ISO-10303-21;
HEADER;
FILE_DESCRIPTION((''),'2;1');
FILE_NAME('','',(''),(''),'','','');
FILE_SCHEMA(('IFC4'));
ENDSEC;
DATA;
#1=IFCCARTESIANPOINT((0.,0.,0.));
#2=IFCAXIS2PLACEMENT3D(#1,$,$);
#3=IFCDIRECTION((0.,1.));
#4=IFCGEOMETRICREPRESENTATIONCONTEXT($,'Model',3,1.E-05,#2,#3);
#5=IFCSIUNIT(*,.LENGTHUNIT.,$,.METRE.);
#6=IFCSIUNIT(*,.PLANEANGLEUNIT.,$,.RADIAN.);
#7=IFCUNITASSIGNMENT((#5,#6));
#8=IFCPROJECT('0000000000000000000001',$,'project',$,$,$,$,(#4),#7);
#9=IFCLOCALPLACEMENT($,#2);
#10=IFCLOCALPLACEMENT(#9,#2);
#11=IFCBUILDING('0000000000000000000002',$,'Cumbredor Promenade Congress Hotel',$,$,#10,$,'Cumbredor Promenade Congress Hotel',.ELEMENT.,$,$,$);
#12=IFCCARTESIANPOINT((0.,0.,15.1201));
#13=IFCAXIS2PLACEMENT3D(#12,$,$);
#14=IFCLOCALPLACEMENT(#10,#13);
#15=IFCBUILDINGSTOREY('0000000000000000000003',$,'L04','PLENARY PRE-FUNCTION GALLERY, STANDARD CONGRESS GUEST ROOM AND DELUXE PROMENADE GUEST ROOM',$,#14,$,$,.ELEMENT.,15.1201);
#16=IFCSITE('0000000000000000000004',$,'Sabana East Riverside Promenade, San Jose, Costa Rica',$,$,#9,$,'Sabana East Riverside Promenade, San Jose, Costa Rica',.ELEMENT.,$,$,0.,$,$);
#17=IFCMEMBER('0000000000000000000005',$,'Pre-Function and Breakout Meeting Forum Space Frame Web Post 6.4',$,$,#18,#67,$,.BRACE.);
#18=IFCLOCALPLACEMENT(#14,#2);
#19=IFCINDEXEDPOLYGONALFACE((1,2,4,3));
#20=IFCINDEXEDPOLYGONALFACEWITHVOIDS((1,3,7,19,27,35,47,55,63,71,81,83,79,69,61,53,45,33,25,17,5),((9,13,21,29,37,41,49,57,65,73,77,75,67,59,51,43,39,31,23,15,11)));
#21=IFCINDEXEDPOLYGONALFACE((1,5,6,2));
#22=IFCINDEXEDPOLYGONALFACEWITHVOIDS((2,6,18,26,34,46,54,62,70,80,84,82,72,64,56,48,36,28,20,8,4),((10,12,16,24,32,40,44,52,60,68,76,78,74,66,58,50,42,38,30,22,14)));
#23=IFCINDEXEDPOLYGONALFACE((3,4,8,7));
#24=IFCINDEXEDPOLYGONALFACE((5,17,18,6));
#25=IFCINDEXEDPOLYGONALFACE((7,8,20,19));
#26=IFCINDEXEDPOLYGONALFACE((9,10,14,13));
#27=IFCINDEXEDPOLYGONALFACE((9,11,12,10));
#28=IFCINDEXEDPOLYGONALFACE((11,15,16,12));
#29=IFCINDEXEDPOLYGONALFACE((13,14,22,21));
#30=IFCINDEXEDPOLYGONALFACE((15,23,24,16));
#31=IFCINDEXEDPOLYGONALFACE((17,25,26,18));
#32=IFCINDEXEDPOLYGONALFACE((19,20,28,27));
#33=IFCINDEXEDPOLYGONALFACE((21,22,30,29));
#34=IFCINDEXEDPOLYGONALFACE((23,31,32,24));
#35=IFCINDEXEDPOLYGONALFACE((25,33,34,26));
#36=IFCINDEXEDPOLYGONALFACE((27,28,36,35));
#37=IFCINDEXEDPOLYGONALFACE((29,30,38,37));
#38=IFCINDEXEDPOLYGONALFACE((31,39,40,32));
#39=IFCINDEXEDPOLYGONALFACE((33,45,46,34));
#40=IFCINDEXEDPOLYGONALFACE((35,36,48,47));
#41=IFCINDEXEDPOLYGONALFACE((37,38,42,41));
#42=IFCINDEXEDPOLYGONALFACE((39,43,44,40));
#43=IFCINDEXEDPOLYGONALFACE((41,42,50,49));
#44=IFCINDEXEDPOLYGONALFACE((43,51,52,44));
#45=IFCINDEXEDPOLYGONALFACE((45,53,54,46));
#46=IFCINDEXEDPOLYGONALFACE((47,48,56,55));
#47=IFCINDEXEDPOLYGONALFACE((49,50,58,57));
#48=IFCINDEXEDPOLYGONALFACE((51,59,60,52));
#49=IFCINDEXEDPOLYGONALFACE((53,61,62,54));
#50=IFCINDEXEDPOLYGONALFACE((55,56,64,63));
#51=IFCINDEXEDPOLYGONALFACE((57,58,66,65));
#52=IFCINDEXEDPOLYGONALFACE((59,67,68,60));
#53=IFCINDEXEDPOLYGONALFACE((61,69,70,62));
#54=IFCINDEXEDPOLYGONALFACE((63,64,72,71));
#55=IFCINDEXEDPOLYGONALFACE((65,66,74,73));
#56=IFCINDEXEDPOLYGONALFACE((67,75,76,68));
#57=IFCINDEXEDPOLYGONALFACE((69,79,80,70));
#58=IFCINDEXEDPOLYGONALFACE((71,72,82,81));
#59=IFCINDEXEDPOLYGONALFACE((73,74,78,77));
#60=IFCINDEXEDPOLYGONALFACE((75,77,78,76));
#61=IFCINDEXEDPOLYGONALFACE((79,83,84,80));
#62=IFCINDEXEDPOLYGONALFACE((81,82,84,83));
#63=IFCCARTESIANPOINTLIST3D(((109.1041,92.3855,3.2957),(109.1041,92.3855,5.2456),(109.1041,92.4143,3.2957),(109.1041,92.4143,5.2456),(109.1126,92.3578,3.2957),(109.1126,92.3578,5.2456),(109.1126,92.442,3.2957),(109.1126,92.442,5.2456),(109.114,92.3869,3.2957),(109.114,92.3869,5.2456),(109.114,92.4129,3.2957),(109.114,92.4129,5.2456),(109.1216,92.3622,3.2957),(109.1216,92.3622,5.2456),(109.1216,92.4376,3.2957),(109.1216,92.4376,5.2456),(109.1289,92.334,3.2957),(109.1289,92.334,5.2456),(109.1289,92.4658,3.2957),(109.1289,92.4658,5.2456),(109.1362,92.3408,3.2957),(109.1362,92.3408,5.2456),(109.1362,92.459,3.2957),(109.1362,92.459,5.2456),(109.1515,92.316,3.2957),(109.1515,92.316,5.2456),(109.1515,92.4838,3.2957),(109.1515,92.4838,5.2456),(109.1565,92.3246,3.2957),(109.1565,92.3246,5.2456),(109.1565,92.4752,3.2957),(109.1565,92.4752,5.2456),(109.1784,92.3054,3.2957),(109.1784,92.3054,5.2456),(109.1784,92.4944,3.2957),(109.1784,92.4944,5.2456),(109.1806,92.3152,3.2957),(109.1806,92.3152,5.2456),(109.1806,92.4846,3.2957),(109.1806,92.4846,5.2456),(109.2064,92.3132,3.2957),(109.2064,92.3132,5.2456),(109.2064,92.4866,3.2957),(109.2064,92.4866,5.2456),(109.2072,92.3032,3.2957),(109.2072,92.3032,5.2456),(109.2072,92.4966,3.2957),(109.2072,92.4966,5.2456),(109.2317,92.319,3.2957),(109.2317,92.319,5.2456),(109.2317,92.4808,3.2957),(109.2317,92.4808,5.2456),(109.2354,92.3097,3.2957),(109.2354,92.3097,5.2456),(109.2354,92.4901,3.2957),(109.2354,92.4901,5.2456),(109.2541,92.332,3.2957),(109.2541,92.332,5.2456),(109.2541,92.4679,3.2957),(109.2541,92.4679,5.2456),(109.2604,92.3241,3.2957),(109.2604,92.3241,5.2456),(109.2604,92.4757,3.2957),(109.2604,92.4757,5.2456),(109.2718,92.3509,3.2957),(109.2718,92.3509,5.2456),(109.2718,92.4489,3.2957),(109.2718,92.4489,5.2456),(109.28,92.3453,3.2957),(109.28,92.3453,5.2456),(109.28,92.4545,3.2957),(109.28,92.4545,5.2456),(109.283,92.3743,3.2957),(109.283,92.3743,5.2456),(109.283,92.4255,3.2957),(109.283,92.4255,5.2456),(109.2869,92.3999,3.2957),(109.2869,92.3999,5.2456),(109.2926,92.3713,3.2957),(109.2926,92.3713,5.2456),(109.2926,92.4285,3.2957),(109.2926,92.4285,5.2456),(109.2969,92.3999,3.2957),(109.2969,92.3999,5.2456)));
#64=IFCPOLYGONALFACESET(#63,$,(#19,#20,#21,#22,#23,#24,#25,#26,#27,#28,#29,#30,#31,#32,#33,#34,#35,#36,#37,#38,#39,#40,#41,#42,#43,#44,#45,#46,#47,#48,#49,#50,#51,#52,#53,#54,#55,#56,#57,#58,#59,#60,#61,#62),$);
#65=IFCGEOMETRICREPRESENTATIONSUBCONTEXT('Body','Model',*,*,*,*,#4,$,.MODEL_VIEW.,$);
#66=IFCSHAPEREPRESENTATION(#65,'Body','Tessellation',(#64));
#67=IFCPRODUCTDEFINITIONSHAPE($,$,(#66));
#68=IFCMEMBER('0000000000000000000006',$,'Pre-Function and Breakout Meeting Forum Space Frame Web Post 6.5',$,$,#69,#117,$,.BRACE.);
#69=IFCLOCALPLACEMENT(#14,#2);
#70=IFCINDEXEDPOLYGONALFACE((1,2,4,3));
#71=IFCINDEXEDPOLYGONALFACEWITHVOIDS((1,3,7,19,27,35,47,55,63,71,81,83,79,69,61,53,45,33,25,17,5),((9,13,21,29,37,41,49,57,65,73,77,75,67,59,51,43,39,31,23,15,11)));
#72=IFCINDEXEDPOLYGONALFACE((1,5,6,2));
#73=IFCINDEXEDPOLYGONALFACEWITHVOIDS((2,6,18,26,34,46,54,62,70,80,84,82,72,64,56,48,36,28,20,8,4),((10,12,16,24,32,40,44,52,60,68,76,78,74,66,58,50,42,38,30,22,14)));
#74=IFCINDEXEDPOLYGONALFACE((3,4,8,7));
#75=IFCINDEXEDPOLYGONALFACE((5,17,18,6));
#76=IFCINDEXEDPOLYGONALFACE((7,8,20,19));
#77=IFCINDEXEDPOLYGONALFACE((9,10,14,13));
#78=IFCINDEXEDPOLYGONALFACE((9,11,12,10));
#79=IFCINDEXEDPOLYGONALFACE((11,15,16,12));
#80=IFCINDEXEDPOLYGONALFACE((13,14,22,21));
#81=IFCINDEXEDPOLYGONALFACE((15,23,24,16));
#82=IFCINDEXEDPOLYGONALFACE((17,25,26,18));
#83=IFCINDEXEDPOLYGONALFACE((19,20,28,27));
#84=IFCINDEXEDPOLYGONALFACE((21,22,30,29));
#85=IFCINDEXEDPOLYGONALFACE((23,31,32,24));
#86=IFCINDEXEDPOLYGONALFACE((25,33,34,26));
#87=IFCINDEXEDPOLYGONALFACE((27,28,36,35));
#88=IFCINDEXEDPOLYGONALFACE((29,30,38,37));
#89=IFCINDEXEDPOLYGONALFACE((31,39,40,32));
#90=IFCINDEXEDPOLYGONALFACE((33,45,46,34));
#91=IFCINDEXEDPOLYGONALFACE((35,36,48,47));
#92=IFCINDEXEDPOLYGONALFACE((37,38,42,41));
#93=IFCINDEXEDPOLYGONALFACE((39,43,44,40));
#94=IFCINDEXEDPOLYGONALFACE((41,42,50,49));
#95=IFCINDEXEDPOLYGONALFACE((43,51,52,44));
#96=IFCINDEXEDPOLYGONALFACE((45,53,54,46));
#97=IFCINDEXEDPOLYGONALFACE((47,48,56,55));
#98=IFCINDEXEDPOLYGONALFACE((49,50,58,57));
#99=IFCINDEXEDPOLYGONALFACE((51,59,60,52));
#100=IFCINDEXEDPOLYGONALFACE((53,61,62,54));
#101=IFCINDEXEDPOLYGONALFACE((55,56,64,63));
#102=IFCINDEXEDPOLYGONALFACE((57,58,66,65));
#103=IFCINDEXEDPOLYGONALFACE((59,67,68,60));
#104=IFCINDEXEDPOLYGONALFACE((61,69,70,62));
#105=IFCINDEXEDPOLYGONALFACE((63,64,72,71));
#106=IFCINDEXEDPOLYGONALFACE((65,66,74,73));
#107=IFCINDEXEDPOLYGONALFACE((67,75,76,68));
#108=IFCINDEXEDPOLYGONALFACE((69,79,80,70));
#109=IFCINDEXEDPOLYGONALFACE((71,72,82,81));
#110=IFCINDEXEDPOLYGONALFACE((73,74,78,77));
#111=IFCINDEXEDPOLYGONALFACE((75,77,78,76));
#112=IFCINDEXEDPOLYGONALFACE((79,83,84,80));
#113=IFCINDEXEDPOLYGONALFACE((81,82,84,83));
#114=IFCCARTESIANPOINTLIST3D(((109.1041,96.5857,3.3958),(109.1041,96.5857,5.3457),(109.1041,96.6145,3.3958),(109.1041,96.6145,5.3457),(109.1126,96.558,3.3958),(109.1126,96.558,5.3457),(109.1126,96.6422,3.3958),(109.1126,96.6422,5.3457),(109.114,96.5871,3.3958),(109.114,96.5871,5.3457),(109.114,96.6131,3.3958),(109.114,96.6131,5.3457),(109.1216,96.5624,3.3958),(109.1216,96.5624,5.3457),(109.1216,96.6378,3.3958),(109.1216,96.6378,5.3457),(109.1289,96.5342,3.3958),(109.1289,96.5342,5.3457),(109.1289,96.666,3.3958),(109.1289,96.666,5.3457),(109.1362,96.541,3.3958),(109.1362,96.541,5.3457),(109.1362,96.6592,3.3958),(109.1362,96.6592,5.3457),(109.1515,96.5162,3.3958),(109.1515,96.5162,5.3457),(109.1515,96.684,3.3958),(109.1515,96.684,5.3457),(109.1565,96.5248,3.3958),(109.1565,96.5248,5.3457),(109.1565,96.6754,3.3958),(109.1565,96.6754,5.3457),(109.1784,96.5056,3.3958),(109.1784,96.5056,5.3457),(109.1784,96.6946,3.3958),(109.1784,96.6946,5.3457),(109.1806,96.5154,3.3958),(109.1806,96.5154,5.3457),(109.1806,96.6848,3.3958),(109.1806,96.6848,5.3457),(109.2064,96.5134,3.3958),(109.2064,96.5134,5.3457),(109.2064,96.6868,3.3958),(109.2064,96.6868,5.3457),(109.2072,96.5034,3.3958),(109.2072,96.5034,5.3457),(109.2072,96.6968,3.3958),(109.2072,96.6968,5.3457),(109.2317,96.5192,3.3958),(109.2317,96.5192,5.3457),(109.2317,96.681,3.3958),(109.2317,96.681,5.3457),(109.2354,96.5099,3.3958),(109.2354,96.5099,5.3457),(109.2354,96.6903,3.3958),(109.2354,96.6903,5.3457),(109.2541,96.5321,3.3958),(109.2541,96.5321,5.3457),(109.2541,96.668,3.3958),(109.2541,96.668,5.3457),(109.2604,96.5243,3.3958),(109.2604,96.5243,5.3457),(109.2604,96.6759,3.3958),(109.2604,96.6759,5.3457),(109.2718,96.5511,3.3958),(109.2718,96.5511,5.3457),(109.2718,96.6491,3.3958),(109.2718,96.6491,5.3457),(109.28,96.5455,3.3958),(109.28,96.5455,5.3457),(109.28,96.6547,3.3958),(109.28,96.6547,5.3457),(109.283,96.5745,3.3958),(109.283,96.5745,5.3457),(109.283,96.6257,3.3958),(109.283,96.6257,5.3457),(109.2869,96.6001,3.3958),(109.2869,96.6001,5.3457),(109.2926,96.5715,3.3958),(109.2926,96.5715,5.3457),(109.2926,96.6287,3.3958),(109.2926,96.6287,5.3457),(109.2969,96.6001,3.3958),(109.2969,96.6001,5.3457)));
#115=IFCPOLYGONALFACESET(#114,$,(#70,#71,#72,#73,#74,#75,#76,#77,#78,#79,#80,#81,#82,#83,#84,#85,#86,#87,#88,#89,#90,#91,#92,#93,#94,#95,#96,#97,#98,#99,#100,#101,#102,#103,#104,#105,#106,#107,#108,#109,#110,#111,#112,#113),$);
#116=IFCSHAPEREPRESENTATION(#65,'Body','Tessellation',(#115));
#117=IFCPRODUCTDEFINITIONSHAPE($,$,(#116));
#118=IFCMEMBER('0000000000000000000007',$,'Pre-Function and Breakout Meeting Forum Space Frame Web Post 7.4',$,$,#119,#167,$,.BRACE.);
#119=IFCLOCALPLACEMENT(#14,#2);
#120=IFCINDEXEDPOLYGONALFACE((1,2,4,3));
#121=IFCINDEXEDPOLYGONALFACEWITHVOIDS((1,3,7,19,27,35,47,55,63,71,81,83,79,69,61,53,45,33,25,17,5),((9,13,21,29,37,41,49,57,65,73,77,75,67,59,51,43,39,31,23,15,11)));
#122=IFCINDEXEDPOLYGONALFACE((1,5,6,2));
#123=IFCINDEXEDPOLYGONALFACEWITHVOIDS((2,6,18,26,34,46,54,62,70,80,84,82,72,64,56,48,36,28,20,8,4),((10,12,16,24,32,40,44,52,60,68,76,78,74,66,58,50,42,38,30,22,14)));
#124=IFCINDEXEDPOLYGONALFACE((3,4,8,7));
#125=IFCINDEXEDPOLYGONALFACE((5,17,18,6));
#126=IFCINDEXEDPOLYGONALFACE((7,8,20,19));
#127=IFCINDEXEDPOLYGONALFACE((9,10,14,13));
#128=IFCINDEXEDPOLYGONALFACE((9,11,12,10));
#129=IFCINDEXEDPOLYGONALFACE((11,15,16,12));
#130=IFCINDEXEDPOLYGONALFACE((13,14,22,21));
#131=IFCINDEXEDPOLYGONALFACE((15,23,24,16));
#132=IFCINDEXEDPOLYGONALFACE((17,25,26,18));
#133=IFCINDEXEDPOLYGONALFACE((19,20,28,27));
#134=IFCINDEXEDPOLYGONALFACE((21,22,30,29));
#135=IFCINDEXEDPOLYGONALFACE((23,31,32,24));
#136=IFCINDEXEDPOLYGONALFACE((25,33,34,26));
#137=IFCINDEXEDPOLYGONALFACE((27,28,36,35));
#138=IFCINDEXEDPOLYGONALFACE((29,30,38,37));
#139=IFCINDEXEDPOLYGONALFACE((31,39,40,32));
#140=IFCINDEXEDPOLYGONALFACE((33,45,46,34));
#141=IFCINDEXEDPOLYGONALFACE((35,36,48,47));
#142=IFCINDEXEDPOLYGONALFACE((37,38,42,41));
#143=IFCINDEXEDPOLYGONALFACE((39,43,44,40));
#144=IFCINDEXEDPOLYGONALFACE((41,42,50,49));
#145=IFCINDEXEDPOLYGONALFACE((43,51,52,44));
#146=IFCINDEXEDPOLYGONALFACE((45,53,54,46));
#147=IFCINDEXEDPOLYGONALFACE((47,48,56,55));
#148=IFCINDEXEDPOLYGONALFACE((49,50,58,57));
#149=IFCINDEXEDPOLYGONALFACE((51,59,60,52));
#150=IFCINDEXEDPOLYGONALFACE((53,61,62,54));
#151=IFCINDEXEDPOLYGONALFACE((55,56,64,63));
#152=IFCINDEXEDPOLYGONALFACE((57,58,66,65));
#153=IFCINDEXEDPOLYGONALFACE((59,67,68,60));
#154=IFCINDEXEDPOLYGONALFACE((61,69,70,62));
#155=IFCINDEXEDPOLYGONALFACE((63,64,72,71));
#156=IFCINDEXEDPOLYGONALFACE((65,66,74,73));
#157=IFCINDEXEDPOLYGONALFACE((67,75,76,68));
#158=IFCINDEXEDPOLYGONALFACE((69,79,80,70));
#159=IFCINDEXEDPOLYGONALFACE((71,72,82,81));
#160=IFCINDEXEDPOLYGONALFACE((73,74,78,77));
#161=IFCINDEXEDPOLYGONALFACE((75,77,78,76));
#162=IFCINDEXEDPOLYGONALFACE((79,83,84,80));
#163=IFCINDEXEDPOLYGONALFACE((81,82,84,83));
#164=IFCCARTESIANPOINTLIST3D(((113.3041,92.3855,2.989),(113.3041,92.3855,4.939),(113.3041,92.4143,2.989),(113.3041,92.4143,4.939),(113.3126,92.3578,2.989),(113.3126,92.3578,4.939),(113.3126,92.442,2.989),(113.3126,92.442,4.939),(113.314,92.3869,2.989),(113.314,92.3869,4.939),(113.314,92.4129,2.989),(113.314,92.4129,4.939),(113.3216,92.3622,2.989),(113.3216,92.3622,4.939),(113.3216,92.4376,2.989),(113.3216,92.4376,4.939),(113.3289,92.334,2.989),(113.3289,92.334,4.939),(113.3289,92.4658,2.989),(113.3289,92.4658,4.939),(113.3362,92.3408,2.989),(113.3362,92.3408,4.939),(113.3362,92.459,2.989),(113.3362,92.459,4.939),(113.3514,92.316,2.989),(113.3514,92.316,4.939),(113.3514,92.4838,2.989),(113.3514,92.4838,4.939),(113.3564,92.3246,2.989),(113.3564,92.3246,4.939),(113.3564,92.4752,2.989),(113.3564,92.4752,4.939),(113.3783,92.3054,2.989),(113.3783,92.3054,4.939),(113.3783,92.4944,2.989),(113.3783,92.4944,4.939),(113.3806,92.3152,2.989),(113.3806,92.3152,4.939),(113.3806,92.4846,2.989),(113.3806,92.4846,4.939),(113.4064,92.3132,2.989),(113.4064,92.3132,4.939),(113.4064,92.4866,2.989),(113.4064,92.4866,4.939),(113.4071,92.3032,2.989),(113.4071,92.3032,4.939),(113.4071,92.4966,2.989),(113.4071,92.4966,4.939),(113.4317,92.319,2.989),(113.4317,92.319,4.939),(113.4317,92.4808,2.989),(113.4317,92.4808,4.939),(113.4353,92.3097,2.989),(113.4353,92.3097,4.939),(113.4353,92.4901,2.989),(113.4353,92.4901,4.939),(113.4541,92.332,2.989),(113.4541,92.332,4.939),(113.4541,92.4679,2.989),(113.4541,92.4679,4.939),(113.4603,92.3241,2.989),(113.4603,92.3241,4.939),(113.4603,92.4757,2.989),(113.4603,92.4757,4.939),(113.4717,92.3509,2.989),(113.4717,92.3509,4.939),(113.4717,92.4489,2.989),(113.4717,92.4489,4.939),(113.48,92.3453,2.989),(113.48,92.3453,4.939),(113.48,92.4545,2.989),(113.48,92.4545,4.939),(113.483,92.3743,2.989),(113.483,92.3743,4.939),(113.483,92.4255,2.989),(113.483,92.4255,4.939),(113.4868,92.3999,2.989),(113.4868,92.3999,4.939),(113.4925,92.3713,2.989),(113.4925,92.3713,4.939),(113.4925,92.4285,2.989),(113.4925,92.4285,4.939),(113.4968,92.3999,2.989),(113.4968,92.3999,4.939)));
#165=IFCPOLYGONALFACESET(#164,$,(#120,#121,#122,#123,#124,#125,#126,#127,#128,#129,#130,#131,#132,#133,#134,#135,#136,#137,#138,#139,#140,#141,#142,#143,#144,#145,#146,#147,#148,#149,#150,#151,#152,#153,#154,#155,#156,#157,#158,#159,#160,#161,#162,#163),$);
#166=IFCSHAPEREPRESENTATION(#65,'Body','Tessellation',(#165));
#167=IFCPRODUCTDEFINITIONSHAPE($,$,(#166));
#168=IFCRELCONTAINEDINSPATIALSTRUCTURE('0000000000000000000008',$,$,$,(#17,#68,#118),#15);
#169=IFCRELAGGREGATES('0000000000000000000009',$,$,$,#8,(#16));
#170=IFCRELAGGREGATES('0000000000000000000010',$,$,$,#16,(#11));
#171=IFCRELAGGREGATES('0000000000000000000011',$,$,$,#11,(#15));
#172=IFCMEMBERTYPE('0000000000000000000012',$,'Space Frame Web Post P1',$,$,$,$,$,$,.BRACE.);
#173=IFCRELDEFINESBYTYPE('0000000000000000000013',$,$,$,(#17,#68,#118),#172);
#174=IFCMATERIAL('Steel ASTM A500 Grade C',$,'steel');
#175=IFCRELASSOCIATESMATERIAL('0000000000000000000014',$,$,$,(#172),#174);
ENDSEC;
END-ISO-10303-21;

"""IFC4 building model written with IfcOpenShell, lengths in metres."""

from ifc_helpers import new_model, si_unit, direction, frame, origin, origin_2d, place, context, subcontext, project, spatial, hollow_circle, extrude, material, material_profile, profile_set, type_object, element, save


model = new_model("IFC4")

# Units and contexts
model_context = context("Model", 3, precision=1e-05, world=origin(), true_north=direction((0.0, 1.0)))
body_context = subcontext(model_context, "Body", "Model", "MODEL_VIEW")
ifc_project = project(units=[si_unit("LENGTHUNIT", "METRE"), si_unit("PLANEANGLEUNIT", "RADIAN")], contexts=[model_context])

# Site, building, storey
site_placement = place(None, origin())
site = spatial("IfcSite", under=ifc_project, at=site_placement, Name="Sabana East Riverside Promenade, San Jose, Costa Rica", LongName="Sabana East Riverside Promenade, San Jose, Costa Rica", CompositionType="ELEMENT", RefElevation=0.0)
building_placement = place(site_placement, origin())
building = spatial("IfcBuilding", under=site, at=building_placement, Name="Cumbredor Promenade Congress Hotel", LongName="Cumbredor Promenade Congress Hotel", CompositionType="ELEMENT")
storey_placement = place(building_placement, frame((0.0, 0.0, 15.1201)))
storey = spatial("IfcBuildingStorey", under=building, at=storey_placement, Name="L04", Description="PLENARY PRE-FUNCTION GALLERY, STANDARD CONGRESS GUEST ROOM AND DELUXE PROMENADE GUEST ROOM", CompositionType="ELEMENT", Elevation=15.1201)

# Members
ifc_material_1 = material(Name="Steel ASTM A500 Grade C", Category="steel")
ifc_material_profile_1 = material_profile(ifc_material_1, hollow_circle(Radius=0.0969, WallThickness=0.01, at=origin_2d()), Name="CHS 193.7x10")
ifc_profile_set_1 = profile_set([ifc_material_profile_1], Name="Steel ASTM A500 Grade C")
member_type_1 = type_object("IfcMemberType", Name="Space Frame Web Post P1", PredefinedType="BRACE", material=ifc_profile_set_1)
for number, where, z_axis, x_axis, name in (
    (1, (109.2, 92.3999, 3.2957), (0.0, 0.0, 1.0), (1.0, 0.0, 0.0), "Pre-Function and Breakout Meeting Forum Space Frame Web Post 6.4"),
    (2, (109.2, 96.6001, 3.3958), (0.0, 0.0, 1.0), (1.0, 0.0, 0.0), "Pre-Function and Breakout Meeting Forum Space Frame Web Post 6.5"),
    (3, (113.3999, 92.3999, 2.989), (0.0, 0.0, 1.0), (1.0, 0.0, 0.0), "Pre-Function and Breakout Meeting Forum Space Frame Web Post 7.4"),
):
    element("IfcMember", number, at=place(storey_placement, frame(where, z_axis=z_axis, x_axis=x_axis)), inside=storey, type_object=member_type_1, Name=name, PredefinedType="BRACE", context=body_context, shape_type="SweptSolid", body=[
        extrude(hollow_circle(Radius=0.0969, WallThickness=0.01, at=origin_2d()), origin(), (0.0, 0.0, 1.0), 1.95),
    ])

save(model, "model.ifc")
